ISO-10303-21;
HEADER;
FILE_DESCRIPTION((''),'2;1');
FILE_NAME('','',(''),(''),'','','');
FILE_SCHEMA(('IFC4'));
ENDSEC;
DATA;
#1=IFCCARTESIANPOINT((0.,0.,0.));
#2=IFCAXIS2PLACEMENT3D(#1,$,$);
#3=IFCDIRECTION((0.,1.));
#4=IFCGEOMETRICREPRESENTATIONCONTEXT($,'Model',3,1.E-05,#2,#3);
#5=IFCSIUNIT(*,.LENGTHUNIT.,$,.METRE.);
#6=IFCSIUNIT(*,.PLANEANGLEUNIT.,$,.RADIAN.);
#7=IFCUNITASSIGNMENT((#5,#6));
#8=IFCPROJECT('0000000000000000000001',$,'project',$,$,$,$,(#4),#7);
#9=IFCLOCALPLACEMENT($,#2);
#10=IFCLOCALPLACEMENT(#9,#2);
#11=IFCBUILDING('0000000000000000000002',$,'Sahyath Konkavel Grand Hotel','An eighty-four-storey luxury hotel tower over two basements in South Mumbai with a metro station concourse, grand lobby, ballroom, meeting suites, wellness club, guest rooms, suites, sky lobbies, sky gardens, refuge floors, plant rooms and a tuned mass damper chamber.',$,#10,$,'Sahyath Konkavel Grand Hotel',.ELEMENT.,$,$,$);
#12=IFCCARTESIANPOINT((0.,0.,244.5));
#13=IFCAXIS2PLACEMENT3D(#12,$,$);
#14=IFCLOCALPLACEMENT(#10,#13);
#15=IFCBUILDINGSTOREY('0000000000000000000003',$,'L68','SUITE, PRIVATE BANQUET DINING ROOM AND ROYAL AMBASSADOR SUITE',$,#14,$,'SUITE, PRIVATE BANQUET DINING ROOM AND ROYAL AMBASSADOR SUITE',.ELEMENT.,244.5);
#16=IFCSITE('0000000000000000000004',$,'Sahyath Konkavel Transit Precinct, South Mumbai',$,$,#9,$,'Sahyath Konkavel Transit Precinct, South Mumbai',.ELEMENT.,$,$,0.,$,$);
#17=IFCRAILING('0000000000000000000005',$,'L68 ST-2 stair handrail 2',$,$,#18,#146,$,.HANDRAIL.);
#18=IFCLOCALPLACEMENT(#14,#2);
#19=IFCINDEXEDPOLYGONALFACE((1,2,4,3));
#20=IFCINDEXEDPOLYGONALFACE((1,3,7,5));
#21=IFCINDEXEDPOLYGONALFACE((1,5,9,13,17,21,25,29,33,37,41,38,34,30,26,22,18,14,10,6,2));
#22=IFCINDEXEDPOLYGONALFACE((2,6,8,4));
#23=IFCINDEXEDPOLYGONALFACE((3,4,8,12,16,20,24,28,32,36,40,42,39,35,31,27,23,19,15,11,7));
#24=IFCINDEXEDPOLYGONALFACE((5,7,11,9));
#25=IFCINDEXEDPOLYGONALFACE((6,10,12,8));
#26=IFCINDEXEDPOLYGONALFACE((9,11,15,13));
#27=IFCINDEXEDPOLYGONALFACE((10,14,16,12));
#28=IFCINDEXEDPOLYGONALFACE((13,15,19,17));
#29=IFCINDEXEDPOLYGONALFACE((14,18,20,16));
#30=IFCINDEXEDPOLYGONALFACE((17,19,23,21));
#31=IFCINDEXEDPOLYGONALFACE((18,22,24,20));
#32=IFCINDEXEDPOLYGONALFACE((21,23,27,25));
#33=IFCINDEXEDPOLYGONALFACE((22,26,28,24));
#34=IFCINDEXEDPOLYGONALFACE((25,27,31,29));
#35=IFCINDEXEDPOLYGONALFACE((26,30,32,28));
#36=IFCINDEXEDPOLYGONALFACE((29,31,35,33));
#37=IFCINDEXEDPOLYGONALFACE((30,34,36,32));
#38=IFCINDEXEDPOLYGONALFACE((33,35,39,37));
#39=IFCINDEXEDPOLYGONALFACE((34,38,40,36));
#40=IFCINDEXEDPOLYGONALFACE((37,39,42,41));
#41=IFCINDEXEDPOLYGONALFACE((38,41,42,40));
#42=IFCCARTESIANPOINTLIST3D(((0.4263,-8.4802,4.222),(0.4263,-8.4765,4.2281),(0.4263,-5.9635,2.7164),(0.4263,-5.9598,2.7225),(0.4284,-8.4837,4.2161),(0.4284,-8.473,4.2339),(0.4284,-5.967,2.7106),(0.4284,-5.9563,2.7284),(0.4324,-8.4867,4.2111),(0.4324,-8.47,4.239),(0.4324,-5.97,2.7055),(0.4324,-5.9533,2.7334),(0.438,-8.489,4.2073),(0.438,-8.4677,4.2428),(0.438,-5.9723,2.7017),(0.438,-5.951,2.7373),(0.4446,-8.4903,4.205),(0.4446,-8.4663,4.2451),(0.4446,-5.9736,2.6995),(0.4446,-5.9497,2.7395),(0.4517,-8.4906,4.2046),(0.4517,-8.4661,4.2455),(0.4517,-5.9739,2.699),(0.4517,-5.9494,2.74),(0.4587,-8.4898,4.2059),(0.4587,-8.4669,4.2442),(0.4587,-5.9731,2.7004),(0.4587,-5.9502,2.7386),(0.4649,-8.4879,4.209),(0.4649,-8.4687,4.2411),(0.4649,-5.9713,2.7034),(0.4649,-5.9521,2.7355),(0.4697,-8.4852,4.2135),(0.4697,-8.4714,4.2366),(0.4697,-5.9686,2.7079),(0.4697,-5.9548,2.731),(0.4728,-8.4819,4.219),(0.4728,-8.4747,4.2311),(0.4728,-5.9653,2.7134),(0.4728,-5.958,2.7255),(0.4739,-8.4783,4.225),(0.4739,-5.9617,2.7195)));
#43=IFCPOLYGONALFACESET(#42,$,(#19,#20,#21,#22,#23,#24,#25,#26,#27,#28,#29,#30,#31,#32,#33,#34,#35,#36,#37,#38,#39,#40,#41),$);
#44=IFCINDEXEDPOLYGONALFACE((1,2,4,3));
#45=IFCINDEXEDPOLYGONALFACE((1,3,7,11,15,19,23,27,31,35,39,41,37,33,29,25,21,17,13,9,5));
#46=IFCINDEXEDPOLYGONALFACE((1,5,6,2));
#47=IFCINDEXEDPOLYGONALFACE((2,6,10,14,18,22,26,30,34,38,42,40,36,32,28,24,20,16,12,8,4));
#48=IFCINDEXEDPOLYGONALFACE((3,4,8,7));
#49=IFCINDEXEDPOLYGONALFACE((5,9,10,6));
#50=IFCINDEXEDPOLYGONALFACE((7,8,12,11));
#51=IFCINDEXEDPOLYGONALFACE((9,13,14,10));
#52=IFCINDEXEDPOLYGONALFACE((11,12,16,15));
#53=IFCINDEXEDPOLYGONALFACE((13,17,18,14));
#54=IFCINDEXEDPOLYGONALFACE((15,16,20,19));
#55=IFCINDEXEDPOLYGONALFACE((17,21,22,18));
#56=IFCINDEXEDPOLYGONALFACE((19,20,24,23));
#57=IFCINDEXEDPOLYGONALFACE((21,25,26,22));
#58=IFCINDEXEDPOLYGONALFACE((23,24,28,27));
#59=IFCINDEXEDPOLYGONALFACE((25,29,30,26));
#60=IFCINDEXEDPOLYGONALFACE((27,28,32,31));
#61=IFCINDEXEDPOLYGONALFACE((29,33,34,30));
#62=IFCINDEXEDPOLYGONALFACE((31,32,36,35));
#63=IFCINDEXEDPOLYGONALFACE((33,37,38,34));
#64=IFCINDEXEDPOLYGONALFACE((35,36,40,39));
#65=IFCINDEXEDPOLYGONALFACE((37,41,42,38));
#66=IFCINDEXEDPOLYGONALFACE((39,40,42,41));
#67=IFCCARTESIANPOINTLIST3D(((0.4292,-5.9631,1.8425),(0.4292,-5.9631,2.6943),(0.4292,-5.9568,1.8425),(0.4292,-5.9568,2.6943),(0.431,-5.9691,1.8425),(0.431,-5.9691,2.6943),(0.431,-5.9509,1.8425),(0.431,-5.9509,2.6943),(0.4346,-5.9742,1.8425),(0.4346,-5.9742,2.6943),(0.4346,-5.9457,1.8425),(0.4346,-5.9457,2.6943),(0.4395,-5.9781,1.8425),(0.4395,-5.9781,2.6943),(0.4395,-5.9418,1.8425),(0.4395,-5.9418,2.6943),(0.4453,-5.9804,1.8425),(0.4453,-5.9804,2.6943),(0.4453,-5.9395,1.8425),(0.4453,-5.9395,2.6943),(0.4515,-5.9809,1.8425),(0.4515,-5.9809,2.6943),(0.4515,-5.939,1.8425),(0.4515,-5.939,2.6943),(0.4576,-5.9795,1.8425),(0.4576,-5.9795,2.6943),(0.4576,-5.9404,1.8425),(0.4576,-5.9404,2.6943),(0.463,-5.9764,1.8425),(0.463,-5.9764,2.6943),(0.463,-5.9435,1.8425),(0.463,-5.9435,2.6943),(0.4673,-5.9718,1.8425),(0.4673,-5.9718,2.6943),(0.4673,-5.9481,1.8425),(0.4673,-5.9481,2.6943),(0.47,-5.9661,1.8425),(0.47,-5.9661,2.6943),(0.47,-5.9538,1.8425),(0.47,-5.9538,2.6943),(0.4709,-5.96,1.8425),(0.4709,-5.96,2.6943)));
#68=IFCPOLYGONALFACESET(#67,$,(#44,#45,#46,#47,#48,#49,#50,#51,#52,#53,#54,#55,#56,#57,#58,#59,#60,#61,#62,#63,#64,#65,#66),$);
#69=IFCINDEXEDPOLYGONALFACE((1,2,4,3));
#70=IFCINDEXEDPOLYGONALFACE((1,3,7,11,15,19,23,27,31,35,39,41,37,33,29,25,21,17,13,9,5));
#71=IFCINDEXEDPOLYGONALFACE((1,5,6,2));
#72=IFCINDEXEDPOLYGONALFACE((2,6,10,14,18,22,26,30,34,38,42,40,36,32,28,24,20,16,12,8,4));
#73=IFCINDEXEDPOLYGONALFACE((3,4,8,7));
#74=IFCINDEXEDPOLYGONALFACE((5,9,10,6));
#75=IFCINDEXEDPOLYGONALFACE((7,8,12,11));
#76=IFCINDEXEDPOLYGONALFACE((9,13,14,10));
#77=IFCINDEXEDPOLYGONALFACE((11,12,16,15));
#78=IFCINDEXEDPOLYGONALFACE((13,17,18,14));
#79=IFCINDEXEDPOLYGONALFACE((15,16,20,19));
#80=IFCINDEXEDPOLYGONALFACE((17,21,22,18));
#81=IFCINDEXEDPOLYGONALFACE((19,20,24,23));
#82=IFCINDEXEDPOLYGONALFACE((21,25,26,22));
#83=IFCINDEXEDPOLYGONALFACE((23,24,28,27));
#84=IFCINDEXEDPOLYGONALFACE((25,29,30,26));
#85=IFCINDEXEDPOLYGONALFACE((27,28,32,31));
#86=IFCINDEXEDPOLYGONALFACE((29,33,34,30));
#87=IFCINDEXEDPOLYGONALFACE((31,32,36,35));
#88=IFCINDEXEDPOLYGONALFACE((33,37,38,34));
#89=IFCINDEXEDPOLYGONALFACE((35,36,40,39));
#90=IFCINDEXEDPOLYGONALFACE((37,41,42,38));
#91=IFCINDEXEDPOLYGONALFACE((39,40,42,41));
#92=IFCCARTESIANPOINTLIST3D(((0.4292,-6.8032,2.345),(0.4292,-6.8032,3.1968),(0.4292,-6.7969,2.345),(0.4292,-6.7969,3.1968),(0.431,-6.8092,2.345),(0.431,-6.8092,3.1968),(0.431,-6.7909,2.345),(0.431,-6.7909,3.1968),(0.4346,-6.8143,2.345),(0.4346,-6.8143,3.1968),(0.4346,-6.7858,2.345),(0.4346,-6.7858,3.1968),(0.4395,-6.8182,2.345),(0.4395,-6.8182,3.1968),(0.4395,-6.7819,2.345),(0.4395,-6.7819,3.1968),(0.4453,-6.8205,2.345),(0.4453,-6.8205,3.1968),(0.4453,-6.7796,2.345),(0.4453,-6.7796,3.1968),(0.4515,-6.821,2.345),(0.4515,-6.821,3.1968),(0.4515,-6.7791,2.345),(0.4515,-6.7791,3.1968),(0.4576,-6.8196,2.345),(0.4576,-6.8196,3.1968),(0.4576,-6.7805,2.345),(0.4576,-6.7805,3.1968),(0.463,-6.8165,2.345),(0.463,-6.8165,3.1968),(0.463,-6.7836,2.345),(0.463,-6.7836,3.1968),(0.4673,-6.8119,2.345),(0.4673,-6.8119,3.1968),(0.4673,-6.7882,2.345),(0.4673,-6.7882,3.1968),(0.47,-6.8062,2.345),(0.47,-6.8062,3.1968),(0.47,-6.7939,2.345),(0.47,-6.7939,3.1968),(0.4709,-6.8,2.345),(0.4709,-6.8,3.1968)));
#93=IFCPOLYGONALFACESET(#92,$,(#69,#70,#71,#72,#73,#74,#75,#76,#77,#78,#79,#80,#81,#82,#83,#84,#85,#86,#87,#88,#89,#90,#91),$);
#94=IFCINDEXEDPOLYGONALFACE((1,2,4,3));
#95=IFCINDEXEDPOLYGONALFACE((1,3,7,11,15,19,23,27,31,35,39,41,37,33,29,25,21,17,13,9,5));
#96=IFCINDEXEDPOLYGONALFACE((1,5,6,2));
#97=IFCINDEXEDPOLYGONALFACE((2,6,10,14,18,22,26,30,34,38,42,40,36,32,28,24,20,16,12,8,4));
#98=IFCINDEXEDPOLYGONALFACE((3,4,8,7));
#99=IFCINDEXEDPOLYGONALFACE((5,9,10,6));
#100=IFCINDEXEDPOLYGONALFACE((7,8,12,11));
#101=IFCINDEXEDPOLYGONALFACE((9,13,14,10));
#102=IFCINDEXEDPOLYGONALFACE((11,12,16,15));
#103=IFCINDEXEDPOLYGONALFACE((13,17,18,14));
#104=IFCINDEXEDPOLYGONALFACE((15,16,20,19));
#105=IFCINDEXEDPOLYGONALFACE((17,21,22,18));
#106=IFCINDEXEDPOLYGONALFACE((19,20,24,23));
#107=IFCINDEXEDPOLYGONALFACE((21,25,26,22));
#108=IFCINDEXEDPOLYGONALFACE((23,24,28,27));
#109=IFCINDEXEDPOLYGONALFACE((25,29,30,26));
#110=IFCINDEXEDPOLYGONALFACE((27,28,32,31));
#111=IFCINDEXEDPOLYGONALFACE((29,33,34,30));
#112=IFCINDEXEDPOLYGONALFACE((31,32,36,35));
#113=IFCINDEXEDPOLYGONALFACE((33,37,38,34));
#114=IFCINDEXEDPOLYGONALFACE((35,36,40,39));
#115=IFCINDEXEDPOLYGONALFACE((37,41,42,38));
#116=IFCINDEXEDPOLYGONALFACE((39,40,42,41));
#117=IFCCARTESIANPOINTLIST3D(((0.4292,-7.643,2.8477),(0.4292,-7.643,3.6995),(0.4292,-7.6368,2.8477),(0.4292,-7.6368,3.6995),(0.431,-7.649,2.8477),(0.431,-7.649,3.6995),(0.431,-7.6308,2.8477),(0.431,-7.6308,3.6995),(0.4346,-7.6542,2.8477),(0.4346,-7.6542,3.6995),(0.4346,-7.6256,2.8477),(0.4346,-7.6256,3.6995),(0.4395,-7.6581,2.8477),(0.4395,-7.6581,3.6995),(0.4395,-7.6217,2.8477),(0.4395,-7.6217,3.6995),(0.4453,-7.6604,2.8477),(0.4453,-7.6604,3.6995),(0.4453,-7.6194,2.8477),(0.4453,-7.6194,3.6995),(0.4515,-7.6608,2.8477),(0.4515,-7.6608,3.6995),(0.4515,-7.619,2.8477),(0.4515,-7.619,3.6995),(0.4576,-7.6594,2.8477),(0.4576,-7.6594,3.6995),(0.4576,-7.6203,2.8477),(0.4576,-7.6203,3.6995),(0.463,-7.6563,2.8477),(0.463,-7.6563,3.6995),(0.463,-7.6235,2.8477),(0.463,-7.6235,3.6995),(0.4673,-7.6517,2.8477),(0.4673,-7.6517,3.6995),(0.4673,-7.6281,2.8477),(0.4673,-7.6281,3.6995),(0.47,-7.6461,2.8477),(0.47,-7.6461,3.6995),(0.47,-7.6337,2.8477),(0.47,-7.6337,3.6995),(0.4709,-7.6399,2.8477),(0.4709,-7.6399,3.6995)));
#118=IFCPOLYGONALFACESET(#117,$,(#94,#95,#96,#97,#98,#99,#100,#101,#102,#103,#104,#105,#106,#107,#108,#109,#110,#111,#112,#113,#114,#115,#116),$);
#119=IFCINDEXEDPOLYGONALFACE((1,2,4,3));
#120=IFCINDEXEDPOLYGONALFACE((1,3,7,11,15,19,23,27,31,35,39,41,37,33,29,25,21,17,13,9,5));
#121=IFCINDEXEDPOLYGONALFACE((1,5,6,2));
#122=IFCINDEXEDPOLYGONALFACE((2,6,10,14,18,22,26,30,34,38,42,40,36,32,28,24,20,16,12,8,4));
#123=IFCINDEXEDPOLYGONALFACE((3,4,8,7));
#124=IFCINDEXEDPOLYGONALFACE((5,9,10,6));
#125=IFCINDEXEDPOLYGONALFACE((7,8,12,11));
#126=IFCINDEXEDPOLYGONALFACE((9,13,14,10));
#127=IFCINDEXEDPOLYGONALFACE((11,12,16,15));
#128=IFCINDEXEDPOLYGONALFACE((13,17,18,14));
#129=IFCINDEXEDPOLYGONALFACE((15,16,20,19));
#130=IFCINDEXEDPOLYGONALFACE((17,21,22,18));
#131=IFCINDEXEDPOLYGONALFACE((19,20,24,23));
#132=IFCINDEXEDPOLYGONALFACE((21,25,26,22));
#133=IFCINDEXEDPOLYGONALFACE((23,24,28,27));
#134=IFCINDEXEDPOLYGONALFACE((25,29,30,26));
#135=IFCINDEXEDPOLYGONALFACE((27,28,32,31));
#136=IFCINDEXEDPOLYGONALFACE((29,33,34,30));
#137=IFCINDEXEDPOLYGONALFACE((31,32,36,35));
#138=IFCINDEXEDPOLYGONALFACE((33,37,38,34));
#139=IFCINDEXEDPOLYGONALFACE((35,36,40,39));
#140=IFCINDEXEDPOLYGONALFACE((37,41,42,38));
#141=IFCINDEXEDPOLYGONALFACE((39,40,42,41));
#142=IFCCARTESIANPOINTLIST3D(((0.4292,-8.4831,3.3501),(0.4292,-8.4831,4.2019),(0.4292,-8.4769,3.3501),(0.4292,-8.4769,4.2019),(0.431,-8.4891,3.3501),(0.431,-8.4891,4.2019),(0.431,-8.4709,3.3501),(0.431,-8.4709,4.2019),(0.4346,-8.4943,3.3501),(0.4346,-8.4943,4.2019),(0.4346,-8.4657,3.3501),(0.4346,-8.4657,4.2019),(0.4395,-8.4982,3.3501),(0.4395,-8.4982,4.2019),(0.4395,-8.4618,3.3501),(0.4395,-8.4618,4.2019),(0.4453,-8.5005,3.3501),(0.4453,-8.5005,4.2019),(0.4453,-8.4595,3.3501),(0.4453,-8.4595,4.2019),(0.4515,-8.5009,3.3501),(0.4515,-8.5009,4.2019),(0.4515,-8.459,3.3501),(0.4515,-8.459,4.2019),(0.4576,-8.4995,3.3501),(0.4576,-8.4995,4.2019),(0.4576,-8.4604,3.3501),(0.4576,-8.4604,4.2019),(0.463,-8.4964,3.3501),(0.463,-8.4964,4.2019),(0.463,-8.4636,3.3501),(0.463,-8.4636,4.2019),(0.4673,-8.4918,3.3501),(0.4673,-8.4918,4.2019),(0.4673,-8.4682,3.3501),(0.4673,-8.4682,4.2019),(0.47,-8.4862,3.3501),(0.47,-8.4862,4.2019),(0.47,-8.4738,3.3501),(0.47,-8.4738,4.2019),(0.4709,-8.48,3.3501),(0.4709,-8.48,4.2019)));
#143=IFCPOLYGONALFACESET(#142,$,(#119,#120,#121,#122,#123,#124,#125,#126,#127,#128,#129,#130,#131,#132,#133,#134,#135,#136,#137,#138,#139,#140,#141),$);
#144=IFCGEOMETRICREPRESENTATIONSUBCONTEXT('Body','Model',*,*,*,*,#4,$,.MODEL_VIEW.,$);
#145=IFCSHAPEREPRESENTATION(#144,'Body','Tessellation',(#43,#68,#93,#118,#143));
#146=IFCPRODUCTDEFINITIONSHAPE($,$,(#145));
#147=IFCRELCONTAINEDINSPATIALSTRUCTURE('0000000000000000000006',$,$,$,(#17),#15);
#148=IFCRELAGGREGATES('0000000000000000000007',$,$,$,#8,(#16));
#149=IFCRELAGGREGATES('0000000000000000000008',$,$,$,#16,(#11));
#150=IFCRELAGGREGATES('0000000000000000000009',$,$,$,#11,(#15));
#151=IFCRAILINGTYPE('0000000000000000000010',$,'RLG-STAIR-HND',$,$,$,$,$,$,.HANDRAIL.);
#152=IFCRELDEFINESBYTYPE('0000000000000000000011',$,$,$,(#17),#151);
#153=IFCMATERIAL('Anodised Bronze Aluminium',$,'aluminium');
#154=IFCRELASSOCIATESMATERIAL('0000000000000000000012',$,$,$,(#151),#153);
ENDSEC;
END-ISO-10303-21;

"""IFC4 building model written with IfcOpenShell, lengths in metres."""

from ifc_helpers import new_model, si_unit, direction, frame, origin, origin_2d, place, context, subcontext, project, spatial, circle, extrude, material, type_object, element, save


model = new_model("IFC4")

# Units and contexts
model_context = context("Model", 3, precision=1e-05, world=origin(), true_north=direction((0.0, 1.0)))
body_context = subcontext(model_context, "Body", "Model", "MODEL_VIEW")
ifc_project = project(units=[si_unit("LENGTHUNIT", "METRE"), si_unit("PLANEANGLEUNIT", "RADIAN")], contexts=[model_context])

# Site, building, storey
site_placement = place(None, origin())
site = spatial("IfcSite", under=ifc_project, at=site_placement, Name="Sahyath Konkavel Transit Precinct, South Mumbai", LongName="Sahyath Konkavel Transit Precinct, South Mumbai", CompositionType="ELEMENT", RefElevation=0.0)
building_placement = place(site_placement, origin())
building = spatial("IfcBuilding", under=site, at=building_placement, Name="Sahyath Konkavel Grand Hotel", Description="An eighty-four-storey luxury hotel tower over two basements in South Mumbai with a metro station concourse, grand lobby, ballroom, meeting suites, wellness club, guest rooms, suites, sky lobbies, sky gardens, refuge floors, plant rooms and a tuned mass damper chamber.", LongName="Sahyath Konkavel Grand Hotel", CompositionType="ELEMENT")
storey_placement = place(building_placement, frame((0.0, 0.0, 244.5)))
storey = spatial("IfcBuildingStorey", under=building, at=storey_placement, Name="L68", Description="SUITE, PRIVATE BANQUET DINING ROOM AND ROYAL AMBASSADOR SUITE", LongName="SUITE, PRIVATE BANQUET DINING ROOM AND ROYAL AMBASSADOR SUITE", CompositionType="ELEMENT", Elevation=244.5)

# Shared definitions
ifc_material_1 = material(Name="Anodised Bronze Aluminium", Category="aluminium")

# Railing
railing_type_1 = type_object("IfcRailingType", Name="RLG-STAIR-HND", PredefinedType="HANDRAIL", material=ifc_material_1)
railing_1_placement = place(storey_placement, frame((0.45, -5.96, 1.8425)))
element("IfcRailing", 1, at=railing_1_placement, inside=storey, type_object=railing_type_1, Name="L68 ST-2 stair handrail 2", PredefinedType="HANDRAIL", context=body_context, shape_type="SweptSolid", body=[
    extrude(circle(Radius=0.0239, at=origin_2d()), frame((0.0, -0.0017, 0.877), z_axis=(0.0, -0.85816, 0.513383), x_axis=(1.0, 0.0, 0.0)), (0.0, 0.0, 1.0), 2.9326),
    extrude(circle(Radius=0.021, at=origin_2d()), origin(), (0.0, 0.0, 1.0), 0.8518),
    extrude(circle(Radius=0.021, at=origin_2d()), frame((0.0, -0.8401, 0.5024)), (0.0, 0.0, 1.0), 0.8518),
    extrude(circle(Radius=0.021, at=origin_2d()), frame((0.0, -1.6799, 1.0051)), (0.0, 0.0, 1.0), 0.8518),
    extrude(circle(Radius=0.021, at=origin_2d()), frame((0.0, -2.52, 1.5076)), (0.0, 0.0, 1.0), 0.8518),
])

save(model, "model.ifc")
